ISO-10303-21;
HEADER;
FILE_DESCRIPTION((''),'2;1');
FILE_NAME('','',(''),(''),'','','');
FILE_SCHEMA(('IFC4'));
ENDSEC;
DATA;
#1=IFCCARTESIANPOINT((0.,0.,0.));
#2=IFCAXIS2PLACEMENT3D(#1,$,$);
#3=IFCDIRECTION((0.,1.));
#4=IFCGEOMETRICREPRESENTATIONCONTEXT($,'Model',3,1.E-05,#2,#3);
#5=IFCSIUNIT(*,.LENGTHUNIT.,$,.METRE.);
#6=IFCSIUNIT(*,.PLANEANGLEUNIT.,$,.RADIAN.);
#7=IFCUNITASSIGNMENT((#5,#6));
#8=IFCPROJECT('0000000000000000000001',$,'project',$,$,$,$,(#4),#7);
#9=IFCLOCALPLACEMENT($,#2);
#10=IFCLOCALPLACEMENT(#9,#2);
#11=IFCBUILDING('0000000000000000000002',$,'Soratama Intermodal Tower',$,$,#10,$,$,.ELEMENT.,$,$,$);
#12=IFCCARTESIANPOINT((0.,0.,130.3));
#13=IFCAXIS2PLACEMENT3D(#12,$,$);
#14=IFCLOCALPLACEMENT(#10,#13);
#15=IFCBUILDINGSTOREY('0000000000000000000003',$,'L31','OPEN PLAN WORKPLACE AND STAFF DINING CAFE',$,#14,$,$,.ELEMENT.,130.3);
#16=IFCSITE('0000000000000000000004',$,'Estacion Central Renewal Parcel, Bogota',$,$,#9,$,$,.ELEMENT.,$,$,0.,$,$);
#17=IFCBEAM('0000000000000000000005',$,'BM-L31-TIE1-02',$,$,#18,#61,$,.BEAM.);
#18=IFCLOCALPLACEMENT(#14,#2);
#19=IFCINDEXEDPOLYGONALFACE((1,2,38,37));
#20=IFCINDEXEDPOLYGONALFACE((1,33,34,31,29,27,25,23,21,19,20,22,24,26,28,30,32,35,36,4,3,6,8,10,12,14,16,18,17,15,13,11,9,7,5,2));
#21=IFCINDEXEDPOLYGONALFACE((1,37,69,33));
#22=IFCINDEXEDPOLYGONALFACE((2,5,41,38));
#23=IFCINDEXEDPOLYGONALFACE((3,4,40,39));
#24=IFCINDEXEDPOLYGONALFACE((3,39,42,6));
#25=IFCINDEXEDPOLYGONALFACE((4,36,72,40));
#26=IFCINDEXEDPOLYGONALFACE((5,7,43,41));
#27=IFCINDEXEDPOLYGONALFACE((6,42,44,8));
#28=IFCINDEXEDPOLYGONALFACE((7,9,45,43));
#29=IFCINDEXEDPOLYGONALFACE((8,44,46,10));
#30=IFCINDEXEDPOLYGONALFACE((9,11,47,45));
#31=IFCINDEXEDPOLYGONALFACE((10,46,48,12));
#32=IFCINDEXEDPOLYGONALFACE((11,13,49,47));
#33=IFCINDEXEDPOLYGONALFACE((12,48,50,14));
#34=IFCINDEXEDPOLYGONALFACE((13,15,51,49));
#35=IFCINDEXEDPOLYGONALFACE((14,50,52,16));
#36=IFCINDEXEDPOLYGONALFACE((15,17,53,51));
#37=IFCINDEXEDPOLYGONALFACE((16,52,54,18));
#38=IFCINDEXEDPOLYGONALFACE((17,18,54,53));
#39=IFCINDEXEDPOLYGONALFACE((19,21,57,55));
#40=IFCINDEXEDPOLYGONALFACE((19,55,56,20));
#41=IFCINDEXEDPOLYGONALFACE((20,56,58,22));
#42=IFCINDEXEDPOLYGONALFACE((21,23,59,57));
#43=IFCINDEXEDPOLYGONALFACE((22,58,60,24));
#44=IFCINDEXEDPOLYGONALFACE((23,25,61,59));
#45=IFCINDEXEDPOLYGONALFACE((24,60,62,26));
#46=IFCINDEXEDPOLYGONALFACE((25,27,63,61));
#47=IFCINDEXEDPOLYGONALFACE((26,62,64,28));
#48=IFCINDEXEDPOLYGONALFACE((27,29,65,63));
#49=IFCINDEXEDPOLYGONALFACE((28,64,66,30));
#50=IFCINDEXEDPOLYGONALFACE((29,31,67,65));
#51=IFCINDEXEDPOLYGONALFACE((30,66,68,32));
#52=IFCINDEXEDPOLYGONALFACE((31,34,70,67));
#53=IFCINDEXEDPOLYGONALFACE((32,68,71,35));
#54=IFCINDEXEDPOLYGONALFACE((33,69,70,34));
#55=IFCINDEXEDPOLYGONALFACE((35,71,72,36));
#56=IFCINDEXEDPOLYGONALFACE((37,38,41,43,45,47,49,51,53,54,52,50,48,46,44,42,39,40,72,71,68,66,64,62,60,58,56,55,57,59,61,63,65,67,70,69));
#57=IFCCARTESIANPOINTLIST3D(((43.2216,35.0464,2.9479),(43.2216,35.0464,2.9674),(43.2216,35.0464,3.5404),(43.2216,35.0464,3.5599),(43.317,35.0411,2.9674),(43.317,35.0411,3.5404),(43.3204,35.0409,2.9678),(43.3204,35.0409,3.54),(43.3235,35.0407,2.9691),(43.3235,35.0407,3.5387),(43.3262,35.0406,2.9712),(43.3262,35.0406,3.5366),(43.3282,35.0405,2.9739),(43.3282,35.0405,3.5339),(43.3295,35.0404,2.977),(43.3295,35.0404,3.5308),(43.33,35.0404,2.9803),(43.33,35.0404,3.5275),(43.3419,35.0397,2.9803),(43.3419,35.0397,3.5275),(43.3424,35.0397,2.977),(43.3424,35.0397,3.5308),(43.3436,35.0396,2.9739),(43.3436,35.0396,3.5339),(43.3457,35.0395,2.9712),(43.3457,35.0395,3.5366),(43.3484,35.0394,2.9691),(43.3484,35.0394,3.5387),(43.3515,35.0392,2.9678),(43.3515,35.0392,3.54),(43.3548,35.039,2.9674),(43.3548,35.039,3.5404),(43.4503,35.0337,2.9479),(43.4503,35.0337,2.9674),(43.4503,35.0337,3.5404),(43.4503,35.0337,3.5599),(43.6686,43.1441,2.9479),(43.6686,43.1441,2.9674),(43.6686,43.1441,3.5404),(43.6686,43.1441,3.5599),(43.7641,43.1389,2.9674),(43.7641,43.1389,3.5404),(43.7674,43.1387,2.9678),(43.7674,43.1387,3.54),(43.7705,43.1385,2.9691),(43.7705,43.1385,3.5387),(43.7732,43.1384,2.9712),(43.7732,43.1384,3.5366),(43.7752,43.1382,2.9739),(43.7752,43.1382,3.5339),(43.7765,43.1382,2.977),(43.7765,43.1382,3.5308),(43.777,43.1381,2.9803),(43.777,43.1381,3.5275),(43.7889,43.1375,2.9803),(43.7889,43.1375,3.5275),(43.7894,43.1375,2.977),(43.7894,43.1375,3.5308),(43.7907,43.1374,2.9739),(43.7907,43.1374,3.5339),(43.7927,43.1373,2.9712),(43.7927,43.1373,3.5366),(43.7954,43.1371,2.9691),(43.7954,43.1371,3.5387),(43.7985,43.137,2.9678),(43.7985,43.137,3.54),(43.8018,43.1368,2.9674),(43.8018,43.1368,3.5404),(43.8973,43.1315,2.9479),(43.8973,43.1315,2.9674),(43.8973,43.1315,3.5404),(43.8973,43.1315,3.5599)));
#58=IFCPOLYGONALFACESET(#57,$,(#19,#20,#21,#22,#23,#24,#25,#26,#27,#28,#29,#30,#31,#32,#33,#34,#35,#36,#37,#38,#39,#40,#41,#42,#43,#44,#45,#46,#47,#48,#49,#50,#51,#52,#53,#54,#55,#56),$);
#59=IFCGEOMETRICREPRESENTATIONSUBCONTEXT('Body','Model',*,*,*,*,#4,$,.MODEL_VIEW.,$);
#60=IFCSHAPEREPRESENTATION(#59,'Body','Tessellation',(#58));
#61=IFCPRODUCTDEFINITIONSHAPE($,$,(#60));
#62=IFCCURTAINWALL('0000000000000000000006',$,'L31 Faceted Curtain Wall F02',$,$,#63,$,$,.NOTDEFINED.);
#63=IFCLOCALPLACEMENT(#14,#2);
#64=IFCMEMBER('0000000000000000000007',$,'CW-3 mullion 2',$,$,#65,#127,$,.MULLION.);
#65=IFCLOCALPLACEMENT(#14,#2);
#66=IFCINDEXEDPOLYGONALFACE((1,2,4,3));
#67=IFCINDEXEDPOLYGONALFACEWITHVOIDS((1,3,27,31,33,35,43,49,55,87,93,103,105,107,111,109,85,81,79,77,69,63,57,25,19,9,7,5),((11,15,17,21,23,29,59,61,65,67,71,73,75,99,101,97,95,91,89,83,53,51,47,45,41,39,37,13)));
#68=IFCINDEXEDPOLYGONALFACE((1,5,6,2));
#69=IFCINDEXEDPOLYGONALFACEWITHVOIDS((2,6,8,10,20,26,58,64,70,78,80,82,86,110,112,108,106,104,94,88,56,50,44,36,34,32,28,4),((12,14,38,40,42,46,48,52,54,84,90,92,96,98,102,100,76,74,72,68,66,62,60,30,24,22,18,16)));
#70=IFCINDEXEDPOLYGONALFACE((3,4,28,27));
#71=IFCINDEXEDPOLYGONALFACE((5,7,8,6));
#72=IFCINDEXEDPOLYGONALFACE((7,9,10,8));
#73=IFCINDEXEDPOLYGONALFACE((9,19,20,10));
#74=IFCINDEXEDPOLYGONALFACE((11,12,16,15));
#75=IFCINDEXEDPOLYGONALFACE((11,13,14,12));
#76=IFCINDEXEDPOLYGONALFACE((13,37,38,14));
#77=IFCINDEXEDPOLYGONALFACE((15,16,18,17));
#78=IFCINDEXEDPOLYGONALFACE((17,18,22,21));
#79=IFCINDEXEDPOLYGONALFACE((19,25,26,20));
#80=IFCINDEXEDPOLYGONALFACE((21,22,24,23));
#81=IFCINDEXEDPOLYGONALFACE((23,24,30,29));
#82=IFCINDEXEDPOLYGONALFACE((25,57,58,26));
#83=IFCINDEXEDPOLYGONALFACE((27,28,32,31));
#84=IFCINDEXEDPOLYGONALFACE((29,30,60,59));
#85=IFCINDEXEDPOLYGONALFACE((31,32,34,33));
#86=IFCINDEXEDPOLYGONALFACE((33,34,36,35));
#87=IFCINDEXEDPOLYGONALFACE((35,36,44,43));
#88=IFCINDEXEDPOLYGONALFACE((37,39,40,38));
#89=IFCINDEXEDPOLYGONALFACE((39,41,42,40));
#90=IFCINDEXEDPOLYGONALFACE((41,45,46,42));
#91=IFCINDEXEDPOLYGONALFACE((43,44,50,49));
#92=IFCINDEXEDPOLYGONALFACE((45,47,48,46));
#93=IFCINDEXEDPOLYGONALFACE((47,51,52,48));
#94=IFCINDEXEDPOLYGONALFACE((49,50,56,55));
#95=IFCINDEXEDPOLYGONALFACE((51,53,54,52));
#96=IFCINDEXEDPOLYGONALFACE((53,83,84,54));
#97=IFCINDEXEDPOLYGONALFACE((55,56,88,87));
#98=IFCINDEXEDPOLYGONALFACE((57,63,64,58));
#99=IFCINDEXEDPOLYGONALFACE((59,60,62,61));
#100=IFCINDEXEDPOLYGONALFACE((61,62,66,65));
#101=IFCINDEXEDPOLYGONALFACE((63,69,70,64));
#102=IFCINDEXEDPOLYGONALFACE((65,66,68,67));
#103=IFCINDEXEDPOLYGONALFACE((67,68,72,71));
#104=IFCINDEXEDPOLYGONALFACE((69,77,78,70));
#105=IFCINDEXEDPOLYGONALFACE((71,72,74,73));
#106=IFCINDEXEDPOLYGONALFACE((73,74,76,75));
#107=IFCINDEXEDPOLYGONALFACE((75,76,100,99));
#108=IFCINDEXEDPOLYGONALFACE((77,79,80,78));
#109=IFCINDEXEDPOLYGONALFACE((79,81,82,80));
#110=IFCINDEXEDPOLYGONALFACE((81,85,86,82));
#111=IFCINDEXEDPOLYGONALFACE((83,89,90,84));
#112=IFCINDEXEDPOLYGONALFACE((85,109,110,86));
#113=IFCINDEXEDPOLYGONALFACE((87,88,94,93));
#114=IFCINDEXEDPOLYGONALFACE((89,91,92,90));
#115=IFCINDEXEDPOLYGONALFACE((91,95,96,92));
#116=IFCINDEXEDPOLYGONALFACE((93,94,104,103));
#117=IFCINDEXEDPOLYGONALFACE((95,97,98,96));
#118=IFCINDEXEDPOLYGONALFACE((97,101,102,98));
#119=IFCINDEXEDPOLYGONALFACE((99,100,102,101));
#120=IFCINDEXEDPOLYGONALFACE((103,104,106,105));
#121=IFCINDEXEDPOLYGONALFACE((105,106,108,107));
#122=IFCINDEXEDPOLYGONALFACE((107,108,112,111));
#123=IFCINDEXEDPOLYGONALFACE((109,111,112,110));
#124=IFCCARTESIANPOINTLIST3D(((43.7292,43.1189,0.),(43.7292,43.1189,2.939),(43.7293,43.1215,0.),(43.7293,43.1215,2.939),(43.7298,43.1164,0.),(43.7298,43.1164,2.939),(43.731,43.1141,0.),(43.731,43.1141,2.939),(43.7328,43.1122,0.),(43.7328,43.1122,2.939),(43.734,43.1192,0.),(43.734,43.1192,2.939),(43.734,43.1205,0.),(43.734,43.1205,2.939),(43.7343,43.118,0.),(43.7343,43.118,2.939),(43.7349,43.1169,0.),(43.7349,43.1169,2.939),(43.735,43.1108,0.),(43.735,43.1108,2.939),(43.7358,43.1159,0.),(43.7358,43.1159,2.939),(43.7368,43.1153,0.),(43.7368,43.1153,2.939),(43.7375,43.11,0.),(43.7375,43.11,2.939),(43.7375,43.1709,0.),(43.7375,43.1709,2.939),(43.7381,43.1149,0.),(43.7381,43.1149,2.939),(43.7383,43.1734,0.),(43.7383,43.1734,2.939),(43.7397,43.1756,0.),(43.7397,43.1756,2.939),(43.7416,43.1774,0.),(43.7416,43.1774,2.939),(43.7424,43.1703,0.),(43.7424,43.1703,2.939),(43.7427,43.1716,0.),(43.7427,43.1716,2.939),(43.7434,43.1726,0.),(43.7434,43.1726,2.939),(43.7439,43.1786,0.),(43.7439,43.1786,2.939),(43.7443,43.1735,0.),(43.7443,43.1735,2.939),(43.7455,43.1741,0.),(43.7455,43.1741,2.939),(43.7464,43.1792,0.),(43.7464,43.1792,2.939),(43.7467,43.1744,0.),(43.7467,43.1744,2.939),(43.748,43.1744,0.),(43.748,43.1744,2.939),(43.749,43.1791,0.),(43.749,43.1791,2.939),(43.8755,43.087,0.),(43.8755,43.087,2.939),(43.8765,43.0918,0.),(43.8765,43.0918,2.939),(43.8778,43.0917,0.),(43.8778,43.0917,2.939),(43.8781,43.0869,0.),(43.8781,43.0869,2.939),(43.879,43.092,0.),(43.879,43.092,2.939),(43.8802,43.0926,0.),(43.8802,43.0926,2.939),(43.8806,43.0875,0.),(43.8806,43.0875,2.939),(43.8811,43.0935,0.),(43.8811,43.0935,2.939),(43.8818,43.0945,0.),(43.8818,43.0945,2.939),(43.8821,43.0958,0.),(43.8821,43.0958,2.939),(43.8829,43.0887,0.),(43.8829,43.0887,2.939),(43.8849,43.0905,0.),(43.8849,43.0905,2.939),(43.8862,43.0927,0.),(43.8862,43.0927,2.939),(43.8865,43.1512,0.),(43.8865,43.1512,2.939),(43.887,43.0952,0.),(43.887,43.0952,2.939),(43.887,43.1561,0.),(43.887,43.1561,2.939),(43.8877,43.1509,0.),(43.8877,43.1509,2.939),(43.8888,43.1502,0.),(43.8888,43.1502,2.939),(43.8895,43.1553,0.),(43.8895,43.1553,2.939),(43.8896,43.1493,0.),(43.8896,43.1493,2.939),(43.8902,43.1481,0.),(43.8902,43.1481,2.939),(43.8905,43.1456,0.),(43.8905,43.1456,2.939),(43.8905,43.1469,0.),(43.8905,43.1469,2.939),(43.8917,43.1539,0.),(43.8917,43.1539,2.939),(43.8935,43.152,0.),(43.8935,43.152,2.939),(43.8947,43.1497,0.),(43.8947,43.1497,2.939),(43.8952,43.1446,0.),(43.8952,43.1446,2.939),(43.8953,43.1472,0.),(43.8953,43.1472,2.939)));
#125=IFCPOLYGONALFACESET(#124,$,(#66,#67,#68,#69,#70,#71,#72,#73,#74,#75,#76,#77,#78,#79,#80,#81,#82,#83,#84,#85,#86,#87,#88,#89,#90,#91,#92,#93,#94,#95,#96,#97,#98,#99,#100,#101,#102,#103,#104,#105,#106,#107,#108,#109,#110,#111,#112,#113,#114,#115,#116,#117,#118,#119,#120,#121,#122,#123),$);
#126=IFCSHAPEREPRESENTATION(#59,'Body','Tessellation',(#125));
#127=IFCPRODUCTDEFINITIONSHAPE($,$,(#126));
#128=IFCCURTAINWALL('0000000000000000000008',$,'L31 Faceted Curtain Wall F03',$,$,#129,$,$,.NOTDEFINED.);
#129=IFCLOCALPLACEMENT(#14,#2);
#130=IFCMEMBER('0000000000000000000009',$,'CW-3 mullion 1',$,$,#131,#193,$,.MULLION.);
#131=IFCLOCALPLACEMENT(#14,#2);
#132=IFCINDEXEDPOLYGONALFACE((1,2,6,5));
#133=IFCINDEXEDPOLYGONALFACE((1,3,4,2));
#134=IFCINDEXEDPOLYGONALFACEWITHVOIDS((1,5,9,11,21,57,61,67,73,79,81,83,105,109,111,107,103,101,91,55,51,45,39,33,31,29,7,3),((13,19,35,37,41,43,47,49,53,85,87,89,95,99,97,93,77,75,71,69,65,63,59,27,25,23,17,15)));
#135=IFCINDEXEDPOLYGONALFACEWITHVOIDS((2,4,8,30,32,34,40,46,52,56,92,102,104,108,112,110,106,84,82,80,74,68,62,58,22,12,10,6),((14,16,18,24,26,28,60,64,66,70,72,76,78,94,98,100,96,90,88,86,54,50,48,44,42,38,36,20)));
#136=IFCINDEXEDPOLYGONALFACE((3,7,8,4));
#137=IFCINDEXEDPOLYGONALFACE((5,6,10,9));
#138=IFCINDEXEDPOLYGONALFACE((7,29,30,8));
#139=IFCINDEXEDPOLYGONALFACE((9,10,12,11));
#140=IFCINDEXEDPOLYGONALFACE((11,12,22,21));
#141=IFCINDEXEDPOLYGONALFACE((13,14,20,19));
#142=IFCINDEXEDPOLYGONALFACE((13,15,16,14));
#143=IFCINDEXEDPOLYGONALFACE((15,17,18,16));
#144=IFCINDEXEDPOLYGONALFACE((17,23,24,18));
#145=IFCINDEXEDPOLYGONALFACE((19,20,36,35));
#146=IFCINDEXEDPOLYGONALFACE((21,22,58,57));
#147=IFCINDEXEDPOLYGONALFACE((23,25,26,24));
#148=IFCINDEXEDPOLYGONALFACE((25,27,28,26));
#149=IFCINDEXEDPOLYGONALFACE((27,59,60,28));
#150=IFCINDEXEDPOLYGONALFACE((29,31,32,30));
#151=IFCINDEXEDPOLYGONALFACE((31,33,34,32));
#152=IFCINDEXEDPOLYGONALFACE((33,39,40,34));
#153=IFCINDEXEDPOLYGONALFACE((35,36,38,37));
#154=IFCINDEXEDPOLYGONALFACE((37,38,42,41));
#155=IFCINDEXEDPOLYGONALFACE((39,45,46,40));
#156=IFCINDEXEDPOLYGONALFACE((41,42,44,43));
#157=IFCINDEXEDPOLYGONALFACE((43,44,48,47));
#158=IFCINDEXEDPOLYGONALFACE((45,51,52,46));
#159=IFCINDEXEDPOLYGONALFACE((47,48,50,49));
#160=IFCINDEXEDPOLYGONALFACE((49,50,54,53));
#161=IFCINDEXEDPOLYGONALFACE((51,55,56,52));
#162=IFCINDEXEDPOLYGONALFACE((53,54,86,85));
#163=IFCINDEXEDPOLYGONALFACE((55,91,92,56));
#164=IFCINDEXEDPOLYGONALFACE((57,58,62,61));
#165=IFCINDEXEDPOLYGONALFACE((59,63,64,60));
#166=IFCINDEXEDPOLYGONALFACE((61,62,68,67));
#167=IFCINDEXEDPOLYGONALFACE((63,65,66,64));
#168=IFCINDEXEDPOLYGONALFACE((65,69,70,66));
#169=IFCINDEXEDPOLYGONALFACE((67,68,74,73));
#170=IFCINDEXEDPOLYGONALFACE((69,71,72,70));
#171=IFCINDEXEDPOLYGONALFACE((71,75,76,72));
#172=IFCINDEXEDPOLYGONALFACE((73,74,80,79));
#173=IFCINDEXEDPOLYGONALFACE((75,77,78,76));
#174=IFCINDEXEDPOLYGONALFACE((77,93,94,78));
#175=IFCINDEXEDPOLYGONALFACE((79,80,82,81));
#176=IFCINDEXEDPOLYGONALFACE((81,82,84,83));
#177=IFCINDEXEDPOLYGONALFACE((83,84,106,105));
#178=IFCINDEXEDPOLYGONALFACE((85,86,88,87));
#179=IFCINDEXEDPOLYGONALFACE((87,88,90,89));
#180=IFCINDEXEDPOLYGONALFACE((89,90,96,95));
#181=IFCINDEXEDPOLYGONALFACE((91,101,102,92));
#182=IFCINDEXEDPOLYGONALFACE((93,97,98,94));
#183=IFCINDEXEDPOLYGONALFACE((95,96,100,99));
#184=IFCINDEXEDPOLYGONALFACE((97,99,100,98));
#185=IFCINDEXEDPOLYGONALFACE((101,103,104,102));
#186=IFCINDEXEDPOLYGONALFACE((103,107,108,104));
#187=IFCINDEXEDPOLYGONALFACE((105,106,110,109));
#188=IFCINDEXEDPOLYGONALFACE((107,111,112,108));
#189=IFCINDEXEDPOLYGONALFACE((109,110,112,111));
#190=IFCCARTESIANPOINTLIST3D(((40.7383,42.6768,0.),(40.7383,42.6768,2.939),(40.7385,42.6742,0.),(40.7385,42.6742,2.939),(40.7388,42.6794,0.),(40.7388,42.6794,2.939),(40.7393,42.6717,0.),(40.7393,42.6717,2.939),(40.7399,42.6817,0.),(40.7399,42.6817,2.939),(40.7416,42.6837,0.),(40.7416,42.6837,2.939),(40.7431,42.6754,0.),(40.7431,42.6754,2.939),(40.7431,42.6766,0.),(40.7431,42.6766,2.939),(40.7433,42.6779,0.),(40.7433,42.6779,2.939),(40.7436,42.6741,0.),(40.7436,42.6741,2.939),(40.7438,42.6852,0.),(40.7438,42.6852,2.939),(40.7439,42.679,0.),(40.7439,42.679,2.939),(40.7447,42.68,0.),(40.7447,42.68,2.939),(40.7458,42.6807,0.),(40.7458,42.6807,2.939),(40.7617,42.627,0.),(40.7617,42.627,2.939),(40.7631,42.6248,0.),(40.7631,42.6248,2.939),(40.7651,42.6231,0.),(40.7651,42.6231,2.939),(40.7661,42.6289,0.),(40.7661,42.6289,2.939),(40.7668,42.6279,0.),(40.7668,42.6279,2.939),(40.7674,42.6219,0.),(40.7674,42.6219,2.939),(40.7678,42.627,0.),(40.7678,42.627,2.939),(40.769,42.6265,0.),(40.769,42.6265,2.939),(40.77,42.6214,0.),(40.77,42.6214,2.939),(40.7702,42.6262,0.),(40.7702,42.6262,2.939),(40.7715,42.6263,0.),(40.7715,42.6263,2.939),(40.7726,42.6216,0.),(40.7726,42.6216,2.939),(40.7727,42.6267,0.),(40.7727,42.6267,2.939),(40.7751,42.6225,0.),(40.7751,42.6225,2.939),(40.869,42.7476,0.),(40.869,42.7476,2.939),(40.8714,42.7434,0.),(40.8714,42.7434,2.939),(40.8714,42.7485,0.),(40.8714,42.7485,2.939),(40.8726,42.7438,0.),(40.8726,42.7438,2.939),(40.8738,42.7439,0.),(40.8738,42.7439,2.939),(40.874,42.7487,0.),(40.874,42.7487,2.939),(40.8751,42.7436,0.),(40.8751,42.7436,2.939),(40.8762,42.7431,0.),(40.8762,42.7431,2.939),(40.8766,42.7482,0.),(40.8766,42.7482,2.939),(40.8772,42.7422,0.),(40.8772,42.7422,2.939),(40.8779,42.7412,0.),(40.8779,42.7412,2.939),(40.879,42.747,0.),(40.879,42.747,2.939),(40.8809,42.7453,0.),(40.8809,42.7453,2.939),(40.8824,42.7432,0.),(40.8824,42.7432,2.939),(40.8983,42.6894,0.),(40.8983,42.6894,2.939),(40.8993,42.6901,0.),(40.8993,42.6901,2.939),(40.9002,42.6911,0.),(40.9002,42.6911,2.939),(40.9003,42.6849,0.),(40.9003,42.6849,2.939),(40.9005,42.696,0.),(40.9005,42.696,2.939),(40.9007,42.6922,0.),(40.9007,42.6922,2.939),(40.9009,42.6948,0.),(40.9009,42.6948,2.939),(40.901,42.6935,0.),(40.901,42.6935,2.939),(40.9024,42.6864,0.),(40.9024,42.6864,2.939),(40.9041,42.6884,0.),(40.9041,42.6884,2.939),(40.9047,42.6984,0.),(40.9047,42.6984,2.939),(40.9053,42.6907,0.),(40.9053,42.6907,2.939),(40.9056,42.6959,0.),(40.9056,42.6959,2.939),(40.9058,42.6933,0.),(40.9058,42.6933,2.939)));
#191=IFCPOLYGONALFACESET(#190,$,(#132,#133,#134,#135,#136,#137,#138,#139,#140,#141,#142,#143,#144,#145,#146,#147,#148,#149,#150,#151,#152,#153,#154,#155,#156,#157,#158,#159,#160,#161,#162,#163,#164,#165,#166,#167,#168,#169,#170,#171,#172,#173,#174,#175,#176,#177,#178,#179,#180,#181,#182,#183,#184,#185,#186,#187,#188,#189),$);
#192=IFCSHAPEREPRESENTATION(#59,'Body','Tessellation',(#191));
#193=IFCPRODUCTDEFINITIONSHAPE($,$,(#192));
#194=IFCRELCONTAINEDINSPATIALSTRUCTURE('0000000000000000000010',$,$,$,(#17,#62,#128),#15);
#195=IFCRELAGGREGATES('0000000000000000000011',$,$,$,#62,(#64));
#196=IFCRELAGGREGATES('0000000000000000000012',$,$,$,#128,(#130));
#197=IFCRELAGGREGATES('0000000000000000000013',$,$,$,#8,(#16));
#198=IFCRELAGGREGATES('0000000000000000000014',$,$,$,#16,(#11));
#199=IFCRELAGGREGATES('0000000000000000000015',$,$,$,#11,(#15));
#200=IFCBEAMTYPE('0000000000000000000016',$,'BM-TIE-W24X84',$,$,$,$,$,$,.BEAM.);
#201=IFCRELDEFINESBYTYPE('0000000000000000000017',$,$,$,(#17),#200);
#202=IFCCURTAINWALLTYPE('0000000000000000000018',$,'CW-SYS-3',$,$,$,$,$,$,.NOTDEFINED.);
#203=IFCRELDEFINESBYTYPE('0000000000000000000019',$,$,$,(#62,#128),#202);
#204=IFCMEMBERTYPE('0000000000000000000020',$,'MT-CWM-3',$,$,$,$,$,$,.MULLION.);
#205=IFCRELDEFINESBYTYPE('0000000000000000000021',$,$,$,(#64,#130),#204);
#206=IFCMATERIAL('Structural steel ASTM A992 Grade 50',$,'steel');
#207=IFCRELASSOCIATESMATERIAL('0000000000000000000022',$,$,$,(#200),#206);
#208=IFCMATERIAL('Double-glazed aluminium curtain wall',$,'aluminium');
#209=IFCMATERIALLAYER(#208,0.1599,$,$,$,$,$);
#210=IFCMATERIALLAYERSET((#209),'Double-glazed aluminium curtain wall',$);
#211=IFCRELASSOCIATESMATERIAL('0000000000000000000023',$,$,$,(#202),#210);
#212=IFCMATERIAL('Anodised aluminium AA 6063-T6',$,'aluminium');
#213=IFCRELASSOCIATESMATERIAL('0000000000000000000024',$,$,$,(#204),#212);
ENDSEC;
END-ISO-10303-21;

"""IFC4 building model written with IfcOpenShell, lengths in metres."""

from ifc_helpers import new_model, si_unit, direction, frame, origin, origin_2d, place, context, subcontext, project, spatial, hollow_rectangle, i_section, extrude, material, layer, layer_set, material_profile, profile_set, type_object, element, aggregate, save


model = new_model("IFC4")

# Units and contexts
model_context = context("Model", 3, precision=1e-05, world=origin(), true_north=direction((0.0, 1.0)))
body_context = subcontext(model_context, "Body", "Model", "MODEL_VIEW")
ifc_project = project(units=[si_unit("LENGTHUNIT", "METRE"), si_unit("PLANEANGLEUNIT", "RADIAN")], contexts=[model_context])

# Site, building, storey
site_placement = place(None, origin())
site = spatial("IfcSite", under=ifc_project, at=site_placement, Name="Estacion Central Renewal Parcel, Bogota", CompositionType="ELEMENT", RefElevation=0.0)
building_placement = place(site_placement, origin())
building = spatial("IfcBuilding", under=site, at=building_placement, Name="Soratama Intermodal Tower", CompositionType="ELEMENT")
storey_placement = place(building_placement, frame((0.0, 0.0, 130.3)))
storey = spatial("IfcBuildingStorey", under=building, at=storey_placement, Name="L31", Description="OPEN PLAN WORKPLACE AND STAFF DINING CAFE", CompositionType="ELEMENT", Elevation=130.3)

# Beam
ifc_material_1 = material(Name="Structural steel ASTM A992 Grade 50", Category="steel")
ifc_material_profile_1 = material_profile(ifc_material_1, i_section(OverallWidth=0.229, OverallDepth=0.6121, WebThickness=0.012, FlangeThickness=0.0195, FilletRadius=0.0129, at=origin_2d()), Name="W24X84")
ifc_profile_set_1 = profile_set([ifc_material_profile_1], Name="Structural steel ASTM A992 Grade 50")
beam_type_1 = type_object("IfcBeamType", Name="BM-TIE-W24X84", PredefinedType="BEAM", material=ifc_profile_set_1)
beam_1_placement = place(storey_placement, frame((43.3359, 35.04, 3.2539), z_axis=(0.055118, 0.99848, 0.0), x_axis=(-0.99848, 0.055118, 0.0)))
element("IfcBeam", 1, at=beam_1_placement, inside=storey, type_object=beam_type_1, Name="BM-L31-TIE1-02", PredefinedType="BEAM", context=body_context, shape_type="SweptSolid", body=[
    extrude(i_section(OverallWidth=0.229, OverallDepth=0.6121, WebThickness=0.012, FlangeThickness=0.0195, FilletRadius=0.0129, at=origin_2d()), origin(), (0.0, 0.0, 1.0), 8.1101),
])

# Curtain wall, member
ifc_material_2 = material(Name="Double-glazed aluminium curtain wall", Category="aluminium")
ifc_layer_1 = layer(ifc_material_2, 0.1599)
ifc_layer_set_1 = layer_set([ifc_layer_1], Name="Double-glazed aluminium curtain wall")
curtain_wall_type = type_object("IfcCurtainWallType", Name="CW-SYS-3", PredefinedType="NOTDEFINED", material=ifc_layer_set_1)
curtain_wall_1_placement = place(storey_placement, origin())
curtain_wall_1 = element("IfcCurtainWall", 2, at=curtain_wall_1_placement, inside=storey, type_object=curtain_wall_type, Name="L31 Faceted Curtain Wall F02", PredefinedType="NOTDEFINED")
ifc_material_3 = material(Name="Anodised aluminium AA 6063-T6", Category="aluminium")
ifc_material_profile_2 = material_profile(ifc_material_3, hollow_rectangle(XDim=0.0701, YDim=0.1599, WallThickness=0.0049, InnerFilletRadius=0.0049, OuterFilletRadius=0.01, at=origin_2d()), Name="CWM160X70X5")
ifc_profile_set_2 = profile_set([ifc_material_profile_2], Name="Anodised aluminium AA 6063-T6")
member_type_1 = type_object("IfcMemberType", Name="MT-CWM-3", PredefinedType="MULLION", material=ifc_profile_set_2)
member_1_placement = place(storey_placement, frame((43.8123, 43.1331, 0.0), z_axis=(0.0, 0.0, 1.0), x_axis=(-0.164705, -0.986343, 0.0)))
member_1 = element("IfcMember", 3, at=member_1_placement, type_object=member_type_1, Name="CW-3 mullion 2", PredefinedType="MULLION", context=body_context, shape_type="SweptSolid", body=[
    extrude(hollow_rectangle(XDim=0.0701, YDim=0.1599, WallThickness=0.0049, InnerFilletRadius=0.0049, OuterFilletRadius=0.01, at=origin_2d()), origin(), (0.0, 0.0, 1.0), 2.939),
])
aggregate(curtain_wall_1, [member_1])

# Curtain wall, member
curtain_wall_2_placement = place(storey_placement, origin())
curtain_wall_2 = element("IfcCurtainWall", 4, at=curtain_wall_2_placement, inside=storey, type_object=curtain_wall_type, Name="L31 Faceted Curtain Wall F03", PredefinedType="NOTDEFINED")
member_2_placement = place(storey_placement, frame((40.822, 42.6851, 0.0), z_axis=(0.0, 0.0, 1.0), x_axis=(0.446516, -0.894776, 0.0)))
member_2 = element("IfcMember", 5, at=member_2_placement, type_object=member_type_1, Name="CW-3 mullion 1", PredefinedType="MULLION", context=body_context, shape_type="SweptSolid", body=[
    extrude(hollow_rectangle(XDim=0.0701, YDim=0.1599, WallThickness=0.0049, InnerFilletRadius=0.0049, OuterFilletRadius=0.01, at=origin_2d()), origin(), (0.0, 0.0, 1.0), 2.939),
])
aggregate(curtain_wall_2, [member_2])

save(model, "model.ifc")
